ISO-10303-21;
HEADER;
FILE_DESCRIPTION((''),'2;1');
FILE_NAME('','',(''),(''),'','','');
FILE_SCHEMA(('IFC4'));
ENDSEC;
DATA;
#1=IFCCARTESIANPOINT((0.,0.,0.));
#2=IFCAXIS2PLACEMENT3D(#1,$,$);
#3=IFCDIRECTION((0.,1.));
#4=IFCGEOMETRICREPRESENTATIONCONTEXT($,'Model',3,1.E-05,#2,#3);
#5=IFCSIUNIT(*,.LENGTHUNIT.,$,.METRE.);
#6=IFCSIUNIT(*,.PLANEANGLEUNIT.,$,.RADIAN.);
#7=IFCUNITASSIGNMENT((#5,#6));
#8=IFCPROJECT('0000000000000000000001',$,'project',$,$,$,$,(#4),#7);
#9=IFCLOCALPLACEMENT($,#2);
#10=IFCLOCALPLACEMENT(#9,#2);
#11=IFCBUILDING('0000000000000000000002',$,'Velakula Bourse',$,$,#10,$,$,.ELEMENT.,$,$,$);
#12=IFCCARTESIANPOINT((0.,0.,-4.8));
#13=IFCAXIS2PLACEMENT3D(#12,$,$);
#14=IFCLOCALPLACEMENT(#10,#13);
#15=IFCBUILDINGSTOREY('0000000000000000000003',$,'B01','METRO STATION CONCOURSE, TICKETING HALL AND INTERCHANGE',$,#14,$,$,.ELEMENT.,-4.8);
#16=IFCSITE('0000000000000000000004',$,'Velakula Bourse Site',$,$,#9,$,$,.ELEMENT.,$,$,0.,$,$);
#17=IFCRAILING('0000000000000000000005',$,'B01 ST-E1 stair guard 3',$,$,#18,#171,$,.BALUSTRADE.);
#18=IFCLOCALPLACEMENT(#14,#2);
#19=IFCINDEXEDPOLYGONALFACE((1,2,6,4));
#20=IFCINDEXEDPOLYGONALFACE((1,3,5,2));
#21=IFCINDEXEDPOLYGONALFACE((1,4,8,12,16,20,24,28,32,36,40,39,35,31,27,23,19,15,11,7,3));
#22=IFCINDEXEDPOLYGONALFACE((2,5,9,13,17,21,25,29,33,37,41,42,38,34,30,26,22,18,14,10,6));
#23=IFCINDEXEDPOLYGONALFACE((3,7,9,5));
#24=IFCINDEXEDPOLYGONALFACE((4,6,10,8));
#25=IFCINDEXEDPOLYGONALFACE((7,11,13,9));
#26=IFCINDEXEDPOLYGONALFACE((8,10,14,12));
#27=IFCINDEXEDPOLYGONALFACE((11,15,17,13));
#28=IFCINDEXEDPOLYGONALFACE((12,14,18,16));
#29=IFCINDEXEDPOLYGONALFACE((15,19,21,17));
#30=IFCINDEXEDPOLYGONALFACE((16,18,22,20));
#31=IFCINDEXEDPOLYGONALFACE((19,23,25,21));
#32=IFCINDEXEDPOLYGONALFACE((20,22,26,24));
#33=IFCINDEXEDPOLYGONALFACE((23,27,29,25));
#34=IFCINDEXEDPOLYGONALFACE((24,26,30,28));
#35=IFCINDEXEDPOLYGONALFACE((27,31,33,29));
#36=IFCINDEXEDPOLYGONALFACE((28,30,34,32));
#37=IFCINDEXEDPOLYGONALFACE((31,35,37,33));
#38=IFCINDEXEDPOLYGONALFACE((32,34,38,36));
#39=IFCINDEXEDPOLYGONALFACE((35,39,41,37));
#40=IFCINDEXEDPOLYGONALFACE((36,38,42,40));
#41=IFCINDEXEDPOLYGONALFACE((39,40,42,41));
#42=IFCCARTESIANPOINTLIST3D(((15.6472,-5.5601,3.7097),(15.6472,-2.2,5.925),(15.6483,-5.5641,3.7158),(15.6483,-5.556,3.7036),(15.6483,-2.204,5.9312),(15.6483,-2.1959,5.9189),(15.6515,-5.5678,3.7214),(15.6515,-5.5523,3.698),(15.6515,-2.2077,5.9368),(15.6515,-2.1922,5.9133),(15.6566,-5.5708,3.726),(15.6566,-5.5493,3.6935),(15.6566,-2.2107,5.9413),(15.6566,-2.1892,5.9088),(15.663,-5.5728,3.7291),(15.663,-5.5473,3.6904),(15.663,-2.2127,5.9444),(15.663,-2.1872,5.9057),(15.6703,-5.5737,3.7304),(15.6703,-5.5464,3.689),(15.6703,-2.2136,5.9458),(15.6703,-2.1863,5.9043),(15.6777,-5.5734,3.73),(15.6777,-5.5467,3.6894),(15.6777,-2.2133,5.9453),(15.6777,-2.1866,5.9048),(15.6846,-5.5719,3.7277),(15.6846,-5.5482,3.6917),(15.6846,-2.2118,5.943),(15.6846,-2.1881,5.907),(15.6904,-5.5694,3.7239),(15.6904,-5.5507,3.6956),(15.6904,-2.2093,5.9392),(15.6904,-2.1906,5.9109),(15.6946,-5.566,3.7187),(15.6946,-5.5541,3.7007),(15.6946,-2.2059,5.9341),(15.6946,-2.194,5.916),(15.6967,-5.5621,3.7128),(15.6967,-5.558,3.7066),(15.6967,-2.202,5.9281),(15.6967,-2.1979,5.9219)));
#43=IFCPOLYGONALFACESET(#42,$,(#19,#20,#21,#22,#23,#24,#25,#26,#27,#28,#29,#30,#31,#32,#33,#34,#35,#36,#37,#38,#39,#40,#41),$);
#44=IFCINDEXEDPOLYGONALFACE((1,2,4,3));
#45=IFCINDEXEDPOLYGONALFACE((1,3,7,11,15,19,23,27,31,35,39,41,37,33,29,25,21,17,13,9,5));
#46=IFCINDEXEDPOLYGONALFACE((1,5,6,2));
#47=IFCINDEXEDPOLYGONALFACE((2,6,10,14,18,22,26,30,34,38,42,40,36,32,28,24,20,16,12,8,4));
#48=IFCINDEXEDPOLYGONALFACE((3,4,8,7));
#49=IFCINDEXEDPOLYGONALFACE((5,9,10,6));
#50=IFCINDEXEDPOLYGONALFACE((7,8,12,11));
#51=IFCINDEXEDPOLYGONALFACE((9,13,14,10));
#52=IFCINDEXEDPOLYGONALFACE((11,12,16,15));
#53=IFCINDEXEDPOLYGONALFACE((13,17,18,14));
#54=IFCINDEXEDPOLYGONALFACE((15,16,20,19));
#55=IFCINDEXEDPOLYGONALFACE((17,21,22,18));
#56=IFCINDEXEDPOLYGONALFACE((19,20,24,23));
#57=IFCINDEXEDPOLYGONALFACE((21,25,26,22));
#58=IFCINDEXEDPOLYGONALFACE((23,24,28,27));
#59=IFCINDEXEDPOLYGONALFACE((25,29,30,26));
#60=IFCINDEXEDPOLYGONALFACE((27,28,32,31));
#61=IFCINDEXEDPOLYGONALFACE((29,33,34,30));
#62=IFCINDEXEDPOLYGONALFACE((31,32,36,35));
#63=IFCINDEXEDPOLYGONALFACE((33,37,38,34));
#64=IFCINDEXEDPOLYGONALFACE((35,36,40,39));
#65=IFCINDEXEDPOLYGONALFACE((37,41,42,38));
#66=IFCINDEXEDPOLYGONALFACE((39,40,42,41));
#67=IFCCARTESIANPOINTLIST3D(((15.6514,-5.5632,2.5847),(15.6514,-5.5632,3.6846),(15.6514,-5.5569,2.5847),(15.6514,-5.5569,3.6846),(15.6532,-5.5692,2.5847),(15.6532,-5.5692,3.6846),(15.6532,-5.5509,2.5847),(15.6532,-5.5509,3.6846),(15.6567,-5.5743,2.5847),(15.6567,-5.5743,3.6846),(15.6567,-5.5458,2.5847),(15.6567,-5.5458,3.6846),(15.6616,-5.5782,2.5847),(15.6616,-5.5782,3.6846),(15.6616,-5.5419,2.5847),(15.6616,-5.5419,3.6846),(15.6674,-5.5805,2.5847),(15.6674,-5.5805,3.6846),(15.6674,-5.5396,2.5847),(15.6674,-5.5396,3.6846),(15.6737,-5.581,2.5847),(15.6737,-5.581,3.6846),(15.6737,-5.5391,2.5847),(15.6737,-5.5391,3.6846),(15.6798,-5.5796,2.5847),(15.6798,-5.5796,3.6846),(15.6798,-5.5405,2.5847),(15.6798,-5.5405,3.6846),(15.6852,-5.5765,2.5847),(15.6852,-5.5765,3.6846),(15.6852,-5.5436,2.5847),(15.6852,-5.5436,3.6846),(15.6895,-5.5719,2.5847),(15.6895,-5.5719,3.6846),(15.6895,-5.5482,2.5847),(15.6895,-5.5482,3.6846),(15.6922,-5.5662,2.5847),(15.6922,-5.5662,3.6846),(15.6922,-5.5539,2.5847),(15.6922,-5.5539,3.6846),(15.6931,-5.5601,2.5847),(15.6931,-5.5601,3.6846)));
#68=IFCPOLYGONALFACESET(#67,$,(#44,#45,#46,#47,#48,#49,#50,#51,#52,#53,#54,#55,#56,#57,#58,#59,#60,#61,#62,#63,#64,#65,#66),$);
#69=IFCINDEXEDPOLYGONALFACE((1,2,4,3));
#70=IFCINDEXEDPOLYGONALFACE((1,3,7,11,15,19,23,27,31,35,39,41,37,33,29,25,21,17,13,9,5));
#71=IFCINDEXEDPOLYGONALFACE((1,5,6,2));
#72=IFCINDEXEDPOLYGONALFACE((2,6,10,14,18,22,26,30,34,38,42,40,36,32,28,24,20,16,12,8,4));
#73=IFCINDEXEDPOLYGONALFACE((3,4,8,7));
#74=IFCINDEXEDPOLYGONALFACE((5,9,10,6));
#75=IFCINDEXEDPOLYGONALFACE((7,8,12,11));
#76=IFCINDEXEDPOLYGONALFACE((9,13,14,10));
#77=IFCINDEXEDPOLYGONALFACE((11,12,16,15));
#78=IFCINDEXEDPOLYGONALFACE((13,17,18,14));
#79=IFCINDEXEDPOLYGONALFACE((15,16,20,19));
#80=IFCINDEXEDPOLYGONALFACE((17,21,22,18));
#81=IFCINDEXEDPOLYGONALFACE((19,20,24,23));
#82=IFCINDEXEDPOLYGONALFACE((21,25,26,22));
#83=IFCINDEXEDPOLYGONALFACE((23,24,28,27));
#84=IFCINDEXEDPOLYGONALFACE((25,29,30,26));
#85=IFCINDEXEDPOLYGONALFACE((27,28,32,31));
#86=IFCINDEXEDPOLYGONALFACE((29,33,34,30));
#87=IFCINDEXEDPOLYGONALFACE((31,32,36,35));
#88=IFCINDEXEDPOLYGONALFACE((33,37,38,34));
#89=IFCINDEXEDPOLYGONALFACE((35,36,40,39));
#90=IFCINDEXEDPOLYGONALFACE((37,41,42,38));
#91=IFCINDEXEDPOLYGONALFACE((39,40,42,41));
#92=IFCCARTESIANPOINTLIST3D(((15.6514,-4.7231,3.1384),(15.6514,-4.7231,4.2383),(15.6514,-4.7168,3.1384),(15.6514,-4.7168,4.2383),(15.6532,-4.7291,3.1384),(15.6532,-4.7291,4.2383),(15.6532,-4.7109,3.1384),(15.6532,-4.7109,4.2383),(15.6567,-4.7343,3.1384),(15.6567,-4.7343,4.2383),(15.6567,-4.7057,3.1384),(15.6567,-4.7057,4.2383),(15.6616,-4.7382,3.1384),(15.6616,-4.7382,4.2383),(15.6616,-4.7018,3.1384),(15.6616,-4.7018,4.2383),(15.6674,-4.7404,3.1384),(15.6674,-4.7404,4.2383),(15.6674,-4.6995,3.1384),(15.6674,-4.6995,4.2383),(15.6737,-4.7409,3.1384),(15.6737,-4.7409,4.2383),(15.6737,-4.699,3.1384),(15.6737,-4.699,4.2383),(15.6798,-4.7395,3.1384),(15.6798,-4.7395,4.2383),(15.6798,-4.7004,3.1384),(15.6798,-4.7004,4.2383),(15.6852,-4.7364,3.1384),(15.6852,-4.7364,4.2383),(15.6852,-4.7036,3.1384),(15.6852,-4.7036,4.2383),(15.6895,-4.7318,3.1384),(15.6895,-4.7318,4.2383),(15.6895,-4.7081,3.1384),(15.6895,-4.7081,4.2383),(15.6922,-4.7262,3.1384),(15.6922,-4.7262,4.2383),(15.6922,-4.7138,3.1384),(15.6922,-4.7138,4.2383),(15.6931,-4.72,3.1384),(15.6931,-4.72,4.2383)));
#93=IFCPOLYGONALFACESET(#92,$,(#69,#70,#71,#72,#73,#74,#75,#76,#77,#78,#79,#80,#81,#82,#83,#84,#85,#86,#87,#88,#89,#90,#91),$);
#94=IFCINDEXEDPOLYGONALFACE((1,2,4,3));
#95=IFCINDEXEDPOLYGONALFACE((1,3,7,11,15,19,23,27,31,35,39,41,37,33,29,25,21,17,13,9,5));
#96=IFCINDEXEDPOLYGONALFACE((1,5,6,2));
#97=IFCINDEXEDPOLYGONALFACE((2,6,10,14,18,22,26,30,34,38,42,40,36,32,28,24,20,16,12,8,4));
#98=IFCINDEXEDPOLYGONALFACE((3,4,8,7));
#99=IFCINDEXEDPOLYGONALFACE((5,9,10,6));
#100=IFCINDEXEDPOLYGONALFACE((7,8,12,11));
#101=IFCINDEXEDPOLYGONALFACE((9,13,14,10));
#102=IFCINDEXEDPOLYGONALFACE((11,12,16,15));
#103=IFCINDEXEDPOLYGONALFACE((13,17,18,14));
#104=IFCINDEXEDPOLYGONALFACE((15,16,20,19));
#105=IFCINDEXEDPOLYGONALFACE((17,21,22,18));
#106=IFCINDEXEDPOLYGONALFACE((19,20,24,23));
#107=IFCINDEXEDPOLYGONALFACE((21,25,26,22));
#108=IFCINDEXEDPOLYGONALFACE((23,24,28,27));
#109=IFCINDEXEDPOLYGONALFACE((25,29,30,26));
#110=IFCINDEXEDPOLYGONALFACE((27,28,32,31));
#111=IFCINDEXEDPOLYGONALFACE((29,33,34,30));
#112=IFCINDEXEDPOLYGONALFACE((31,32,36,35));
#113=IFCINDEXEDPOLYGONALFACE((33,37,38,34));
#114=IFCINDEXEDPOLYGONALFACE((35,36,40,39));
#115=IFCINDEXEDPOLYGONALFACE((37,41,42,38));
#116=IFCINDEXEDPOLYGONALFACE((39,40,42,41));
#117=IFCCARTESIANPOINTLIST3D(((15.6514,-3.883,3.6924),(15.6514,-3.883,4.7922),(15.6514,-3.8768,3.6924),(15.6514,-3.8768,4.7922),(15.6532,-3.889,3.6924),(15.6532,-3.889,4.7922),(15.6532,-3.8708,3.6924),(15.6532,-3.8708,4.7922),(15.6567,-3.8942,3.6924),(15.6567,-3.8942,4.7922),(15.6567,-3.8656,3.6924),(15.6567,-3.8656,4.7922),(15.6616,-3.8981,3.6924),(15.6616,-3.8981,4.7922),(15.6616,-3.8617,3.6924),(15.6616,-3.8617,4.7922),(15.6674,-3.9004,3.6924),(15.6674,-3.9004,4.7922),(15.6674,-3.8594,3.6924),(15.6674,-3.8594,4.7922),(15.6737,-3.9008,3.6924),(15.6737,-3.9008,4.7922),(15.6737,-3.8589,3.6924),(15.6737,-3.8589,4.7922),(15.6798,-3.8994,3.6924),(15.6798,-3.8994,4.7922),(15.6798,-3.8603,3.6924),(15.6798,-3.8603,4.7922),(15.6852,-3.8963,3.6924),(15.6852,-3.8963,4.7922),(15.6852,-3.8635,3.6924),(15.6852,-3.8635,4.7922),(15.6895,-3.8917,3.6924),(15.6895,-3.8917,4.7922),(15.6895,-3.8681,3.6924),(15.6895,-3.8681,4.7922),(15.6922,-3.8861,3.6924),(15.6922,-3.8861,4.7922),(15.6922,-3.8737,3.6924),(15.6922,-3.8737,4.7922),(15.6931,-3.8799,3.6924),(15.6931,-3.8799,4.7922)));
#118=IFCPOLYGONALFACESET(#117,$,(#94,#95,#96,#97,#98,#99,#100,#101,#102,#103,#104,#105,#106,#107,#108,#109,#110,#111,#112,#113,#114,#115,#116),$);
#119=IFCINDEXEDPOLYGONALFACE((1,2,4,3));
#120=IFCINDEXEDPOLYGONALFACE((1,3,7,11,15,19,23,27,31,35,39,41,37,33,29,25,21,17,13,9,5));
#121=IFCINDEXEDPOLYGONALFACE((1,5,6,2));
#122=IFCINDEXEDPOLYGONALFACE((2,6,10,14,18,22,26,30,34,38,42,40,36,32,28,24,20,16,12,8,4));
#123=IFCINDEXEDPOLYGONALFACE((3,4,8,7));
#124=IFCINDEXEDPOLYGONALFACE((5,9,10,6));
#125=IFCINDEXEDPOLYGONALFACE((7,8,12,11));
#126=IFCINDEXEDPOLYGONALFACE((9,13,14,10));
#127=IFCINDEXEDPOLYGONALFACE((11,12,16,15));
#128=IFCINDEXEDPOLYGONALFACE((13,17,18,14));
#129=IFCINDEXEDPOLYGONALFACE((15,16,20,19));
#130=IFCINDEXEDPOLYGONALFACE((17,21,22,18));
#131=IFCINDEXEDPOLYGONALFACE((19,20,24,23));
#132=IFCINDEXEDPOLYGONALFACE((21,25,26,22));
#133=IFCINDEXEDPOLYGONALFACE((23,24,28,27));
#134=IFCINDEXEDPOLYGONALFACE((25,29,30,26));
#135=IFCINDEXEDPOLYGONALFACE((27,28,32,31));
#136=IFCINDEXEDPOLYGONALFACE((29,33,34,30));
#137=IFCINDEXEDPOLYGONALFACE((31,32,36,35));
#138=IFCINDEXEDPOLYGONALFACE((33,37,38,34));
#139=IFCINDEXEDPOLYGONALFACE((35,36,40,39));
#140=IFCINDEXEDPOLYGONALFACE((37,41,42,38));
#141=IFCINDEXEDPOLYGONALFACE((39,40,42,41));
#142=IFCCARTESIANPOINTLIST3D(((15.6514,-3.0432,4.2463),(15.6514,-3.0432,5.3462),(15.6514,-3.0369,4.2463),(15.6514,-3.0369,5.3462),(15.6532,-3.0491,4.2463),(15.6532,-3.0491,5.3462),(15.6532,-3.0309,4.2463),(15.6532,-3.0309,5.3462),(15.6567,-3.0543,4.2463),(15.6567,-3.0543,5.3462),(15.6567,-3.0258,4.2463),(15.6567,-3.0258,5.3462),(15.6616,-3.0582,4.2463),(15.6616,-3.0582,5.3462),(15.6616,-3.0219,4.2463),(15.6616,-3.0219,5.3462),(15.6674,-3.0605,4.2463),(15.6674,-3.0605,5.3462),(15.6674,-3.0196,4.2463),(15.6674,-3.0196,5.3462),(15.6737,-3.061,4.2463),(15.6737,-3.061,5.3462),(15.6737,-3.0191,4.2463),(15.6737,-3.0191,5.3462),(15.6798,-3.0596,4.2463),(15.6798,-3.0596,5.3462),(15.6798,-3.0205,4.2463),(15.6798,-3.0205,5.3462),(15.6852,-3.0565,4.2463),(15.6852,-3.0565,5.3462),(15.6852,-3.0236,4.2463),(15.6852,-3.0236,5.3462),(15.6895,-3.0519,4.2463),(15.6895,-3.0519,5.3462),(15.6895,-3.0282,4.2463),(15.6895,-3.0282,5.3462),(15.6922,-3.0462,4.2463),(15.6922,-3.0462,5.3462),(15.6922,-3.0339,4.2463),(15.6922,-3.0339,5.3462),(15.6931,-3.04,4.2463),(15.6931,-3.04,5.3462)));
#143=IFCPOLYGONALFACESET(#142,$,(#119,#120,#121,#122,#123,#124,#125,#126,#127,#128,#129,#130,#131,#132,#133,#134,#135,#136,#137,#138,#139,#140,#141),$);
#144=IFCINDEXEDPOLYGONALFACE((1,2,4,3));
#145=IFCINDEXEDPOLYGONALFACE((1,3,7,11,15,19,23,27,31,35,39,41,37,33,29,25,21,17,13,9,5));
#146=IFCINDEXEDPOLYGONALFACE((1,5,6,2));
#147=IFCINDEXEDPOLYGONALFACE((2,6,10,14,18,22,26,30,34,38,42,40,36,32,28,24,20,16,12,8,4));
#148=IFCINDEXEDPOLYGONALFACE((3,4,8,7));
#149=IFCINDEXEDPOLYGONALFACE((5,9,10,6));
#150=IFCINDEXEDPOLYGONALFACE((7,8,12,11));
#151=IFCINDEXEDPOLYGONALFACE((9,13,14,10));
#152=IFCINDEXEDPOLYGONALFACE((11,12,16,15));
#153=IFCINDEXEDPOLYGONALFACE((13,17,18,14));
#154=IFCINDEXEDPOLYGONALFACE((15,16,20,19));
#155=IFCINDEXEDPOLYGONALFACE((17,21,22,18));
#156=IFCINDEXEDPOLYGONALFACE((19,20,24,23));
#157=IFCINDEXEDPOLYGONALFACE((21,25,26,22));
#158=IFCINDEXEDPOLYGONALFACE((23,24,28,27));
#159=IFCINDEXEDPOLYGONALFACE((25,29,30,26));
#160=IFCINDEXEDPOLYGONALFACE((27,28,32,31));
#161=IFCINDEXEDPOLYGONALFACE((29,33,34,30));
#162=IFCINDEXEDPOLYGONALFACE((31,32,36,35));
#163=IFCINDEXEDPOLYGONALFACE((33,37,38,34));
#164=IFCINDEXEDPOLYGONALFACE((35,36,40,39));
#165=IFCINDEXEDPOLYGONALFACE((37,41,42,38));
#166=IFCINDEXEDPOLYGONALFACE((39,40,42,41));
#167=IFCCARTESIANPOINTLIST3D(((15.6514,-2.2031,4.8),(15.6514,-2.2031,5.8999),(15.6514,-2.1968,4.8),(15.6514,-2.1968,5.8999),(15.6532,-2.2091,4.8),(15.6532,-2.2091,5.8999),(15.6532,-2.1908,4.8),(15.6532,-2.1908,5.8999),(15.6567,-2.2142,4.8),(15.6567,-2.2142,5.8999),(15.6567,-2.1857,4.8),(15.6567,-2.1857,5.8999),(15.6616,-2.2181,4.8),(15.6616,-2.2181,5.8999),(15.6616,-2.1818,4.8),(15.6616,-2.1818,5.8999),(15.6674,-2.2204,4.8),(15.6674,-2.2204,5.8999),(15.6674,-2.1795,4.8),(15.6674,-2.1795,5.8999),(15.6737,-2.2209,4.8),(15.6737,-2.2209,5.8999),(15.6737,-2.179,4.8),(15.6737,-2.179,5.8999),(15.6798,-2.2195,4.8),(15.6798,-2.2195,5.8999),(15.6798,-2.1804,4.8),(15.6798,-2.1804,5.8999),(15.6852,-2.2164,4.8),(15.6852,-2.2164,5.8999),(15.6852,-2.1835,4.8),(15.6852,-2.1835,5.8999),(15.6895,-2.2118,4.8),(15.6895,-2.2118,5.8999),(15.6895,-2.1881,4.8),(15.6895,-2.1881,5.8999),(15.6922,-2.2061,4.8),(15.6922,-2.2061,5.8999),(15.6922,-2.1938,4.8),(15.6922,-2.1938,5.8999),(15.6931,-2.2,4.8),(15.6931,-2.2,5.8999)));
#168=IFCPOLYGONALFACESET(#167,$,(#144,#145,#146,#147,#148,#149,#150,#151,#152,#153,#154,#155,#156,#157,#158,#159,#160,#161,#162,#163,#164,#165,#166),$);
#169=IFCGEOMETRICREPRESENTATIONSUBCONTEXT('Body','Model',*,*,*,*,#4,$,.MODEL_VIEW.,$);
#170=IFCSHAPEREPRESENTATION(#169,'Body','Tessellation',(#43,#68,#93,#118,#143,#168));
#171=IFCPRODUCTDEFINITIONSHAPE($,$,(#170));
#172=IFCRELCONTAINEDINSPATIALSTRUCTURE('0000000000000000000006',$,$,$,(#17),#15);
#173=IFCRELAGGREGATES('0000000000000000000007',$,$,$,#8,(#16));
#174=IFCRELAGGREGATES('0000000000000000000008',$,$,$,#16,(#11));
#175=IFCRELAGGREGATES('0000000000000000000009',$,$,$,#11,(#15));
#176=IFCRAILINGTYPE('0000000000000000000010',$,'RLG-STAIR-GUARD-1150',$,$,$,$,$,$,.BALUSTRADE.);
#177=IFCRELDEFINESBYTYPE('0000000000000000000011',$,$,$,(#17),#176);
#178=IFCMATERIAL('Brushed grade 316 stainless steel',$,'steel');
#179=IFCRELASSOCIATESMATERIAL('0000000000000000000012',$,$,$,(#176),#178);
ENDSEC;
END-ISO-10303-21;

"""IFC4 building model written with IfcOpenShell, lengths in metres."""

from ifc_helpers import new_model, si_unit, direction, frame, origin, origin_2d, place, context, subcontext, project, spatial, circle, extrude, material, type_object, element, save


model = new_model("IFC4")

# Units and contexts
model_context = context("Model", 3, precision=1e-05, world=origin(), true_north=direction((0.0, 1.0)))
body_context = subcontext(model_context, "Body", "Model", "MODEL_VIEW")
ifc_project = project(units=[si_unit("LENGTHUNIT", "METRE"), si_unit("PLANEANGLEUNIT", "RADIAN")], contexts=[model_context])

# Site, building, storey
site_placement = place(None, origin())
site = spatial("IfcSite", under=ifc_project, at=site_placement, Name="Velakula Bourse Site", CompositionType="ELEMENT", RefElevation=0.0)
building_placement = place(site_placement, origin())
building = spatial("IfcBuilding", under=site, at=building_placement, Name="Velakula Bourse", CompositionType="ELEMENT")
storey_placement = place(building_placement, frame((0.0, 0.0, -4.8)))
storey = spatial("IfcBuildingStorey", under=building, at=storey_placement, Name="B01", Description="METRO STATION CONCOURSE, TICKETING HALL AND INTERCHANGE", CompositionType="ELEMENT", Elevation=-4.8)

# Railing
ifc_material_1 = material(Name="Brushed grade 316 stainless steel", Category="steel")
railing_type_1 = type_object("IfcRailingType", Name="RLG-STAIR-GUARD-1150", PredefinedType="BALUSTRADE", material=ifc_material_1)
railing_1_placement = place(storey_placement, frame((15.6721, -5.5601, 2.5847)))
element("IfcRailing", 1, at=railing_1_placement, inside=storey, type_object=railing_type_1, Name="B01 ST-E1 stair guard 3", PredefinedType="BALUSTRADE", context=body_context, shape_type="SweptSolid", body=[
    extrude(circle(Radius=0.0249, at=origin_2d()), frame((0.0, 0.0, 1.125), z_axis=(0.0, 0.834876, 0.550437), x_axis=(-1.0, 0.0, 0.0)), (0.0, 0.0, 1.0), 4.0247),
    extrude(circle(Radius=0.021, at=origin_2d()), origin(), (0.0, 0.0, 1.0), 1.0999),
    extrude(circle(Radius=0.021, at=origin_2d()), frame((0.0, 0.8401, 0.5537)), (0.0, 0.0, 1.0), 1.0999),
    extrude(circle(Radius=0.021, at=origin_2d()), frame((0.0, 1.6802, 1.1077)), (0.0, 0.0, 1.0), 1.0999),
    extrude(circle(Radius=0.021, at=origin_2d()), frame((0.0, 2.52, 1.6616)), (0.0, 0.0, 1.0), 1.0999),
    extrude(circle(Radius=0.021, at=origin_2d()), frame((0.0, 3.3601, 2.2153)), (0.0, 0.0, 1.0), 1.0999),
])

save(model, "model.ifc")
